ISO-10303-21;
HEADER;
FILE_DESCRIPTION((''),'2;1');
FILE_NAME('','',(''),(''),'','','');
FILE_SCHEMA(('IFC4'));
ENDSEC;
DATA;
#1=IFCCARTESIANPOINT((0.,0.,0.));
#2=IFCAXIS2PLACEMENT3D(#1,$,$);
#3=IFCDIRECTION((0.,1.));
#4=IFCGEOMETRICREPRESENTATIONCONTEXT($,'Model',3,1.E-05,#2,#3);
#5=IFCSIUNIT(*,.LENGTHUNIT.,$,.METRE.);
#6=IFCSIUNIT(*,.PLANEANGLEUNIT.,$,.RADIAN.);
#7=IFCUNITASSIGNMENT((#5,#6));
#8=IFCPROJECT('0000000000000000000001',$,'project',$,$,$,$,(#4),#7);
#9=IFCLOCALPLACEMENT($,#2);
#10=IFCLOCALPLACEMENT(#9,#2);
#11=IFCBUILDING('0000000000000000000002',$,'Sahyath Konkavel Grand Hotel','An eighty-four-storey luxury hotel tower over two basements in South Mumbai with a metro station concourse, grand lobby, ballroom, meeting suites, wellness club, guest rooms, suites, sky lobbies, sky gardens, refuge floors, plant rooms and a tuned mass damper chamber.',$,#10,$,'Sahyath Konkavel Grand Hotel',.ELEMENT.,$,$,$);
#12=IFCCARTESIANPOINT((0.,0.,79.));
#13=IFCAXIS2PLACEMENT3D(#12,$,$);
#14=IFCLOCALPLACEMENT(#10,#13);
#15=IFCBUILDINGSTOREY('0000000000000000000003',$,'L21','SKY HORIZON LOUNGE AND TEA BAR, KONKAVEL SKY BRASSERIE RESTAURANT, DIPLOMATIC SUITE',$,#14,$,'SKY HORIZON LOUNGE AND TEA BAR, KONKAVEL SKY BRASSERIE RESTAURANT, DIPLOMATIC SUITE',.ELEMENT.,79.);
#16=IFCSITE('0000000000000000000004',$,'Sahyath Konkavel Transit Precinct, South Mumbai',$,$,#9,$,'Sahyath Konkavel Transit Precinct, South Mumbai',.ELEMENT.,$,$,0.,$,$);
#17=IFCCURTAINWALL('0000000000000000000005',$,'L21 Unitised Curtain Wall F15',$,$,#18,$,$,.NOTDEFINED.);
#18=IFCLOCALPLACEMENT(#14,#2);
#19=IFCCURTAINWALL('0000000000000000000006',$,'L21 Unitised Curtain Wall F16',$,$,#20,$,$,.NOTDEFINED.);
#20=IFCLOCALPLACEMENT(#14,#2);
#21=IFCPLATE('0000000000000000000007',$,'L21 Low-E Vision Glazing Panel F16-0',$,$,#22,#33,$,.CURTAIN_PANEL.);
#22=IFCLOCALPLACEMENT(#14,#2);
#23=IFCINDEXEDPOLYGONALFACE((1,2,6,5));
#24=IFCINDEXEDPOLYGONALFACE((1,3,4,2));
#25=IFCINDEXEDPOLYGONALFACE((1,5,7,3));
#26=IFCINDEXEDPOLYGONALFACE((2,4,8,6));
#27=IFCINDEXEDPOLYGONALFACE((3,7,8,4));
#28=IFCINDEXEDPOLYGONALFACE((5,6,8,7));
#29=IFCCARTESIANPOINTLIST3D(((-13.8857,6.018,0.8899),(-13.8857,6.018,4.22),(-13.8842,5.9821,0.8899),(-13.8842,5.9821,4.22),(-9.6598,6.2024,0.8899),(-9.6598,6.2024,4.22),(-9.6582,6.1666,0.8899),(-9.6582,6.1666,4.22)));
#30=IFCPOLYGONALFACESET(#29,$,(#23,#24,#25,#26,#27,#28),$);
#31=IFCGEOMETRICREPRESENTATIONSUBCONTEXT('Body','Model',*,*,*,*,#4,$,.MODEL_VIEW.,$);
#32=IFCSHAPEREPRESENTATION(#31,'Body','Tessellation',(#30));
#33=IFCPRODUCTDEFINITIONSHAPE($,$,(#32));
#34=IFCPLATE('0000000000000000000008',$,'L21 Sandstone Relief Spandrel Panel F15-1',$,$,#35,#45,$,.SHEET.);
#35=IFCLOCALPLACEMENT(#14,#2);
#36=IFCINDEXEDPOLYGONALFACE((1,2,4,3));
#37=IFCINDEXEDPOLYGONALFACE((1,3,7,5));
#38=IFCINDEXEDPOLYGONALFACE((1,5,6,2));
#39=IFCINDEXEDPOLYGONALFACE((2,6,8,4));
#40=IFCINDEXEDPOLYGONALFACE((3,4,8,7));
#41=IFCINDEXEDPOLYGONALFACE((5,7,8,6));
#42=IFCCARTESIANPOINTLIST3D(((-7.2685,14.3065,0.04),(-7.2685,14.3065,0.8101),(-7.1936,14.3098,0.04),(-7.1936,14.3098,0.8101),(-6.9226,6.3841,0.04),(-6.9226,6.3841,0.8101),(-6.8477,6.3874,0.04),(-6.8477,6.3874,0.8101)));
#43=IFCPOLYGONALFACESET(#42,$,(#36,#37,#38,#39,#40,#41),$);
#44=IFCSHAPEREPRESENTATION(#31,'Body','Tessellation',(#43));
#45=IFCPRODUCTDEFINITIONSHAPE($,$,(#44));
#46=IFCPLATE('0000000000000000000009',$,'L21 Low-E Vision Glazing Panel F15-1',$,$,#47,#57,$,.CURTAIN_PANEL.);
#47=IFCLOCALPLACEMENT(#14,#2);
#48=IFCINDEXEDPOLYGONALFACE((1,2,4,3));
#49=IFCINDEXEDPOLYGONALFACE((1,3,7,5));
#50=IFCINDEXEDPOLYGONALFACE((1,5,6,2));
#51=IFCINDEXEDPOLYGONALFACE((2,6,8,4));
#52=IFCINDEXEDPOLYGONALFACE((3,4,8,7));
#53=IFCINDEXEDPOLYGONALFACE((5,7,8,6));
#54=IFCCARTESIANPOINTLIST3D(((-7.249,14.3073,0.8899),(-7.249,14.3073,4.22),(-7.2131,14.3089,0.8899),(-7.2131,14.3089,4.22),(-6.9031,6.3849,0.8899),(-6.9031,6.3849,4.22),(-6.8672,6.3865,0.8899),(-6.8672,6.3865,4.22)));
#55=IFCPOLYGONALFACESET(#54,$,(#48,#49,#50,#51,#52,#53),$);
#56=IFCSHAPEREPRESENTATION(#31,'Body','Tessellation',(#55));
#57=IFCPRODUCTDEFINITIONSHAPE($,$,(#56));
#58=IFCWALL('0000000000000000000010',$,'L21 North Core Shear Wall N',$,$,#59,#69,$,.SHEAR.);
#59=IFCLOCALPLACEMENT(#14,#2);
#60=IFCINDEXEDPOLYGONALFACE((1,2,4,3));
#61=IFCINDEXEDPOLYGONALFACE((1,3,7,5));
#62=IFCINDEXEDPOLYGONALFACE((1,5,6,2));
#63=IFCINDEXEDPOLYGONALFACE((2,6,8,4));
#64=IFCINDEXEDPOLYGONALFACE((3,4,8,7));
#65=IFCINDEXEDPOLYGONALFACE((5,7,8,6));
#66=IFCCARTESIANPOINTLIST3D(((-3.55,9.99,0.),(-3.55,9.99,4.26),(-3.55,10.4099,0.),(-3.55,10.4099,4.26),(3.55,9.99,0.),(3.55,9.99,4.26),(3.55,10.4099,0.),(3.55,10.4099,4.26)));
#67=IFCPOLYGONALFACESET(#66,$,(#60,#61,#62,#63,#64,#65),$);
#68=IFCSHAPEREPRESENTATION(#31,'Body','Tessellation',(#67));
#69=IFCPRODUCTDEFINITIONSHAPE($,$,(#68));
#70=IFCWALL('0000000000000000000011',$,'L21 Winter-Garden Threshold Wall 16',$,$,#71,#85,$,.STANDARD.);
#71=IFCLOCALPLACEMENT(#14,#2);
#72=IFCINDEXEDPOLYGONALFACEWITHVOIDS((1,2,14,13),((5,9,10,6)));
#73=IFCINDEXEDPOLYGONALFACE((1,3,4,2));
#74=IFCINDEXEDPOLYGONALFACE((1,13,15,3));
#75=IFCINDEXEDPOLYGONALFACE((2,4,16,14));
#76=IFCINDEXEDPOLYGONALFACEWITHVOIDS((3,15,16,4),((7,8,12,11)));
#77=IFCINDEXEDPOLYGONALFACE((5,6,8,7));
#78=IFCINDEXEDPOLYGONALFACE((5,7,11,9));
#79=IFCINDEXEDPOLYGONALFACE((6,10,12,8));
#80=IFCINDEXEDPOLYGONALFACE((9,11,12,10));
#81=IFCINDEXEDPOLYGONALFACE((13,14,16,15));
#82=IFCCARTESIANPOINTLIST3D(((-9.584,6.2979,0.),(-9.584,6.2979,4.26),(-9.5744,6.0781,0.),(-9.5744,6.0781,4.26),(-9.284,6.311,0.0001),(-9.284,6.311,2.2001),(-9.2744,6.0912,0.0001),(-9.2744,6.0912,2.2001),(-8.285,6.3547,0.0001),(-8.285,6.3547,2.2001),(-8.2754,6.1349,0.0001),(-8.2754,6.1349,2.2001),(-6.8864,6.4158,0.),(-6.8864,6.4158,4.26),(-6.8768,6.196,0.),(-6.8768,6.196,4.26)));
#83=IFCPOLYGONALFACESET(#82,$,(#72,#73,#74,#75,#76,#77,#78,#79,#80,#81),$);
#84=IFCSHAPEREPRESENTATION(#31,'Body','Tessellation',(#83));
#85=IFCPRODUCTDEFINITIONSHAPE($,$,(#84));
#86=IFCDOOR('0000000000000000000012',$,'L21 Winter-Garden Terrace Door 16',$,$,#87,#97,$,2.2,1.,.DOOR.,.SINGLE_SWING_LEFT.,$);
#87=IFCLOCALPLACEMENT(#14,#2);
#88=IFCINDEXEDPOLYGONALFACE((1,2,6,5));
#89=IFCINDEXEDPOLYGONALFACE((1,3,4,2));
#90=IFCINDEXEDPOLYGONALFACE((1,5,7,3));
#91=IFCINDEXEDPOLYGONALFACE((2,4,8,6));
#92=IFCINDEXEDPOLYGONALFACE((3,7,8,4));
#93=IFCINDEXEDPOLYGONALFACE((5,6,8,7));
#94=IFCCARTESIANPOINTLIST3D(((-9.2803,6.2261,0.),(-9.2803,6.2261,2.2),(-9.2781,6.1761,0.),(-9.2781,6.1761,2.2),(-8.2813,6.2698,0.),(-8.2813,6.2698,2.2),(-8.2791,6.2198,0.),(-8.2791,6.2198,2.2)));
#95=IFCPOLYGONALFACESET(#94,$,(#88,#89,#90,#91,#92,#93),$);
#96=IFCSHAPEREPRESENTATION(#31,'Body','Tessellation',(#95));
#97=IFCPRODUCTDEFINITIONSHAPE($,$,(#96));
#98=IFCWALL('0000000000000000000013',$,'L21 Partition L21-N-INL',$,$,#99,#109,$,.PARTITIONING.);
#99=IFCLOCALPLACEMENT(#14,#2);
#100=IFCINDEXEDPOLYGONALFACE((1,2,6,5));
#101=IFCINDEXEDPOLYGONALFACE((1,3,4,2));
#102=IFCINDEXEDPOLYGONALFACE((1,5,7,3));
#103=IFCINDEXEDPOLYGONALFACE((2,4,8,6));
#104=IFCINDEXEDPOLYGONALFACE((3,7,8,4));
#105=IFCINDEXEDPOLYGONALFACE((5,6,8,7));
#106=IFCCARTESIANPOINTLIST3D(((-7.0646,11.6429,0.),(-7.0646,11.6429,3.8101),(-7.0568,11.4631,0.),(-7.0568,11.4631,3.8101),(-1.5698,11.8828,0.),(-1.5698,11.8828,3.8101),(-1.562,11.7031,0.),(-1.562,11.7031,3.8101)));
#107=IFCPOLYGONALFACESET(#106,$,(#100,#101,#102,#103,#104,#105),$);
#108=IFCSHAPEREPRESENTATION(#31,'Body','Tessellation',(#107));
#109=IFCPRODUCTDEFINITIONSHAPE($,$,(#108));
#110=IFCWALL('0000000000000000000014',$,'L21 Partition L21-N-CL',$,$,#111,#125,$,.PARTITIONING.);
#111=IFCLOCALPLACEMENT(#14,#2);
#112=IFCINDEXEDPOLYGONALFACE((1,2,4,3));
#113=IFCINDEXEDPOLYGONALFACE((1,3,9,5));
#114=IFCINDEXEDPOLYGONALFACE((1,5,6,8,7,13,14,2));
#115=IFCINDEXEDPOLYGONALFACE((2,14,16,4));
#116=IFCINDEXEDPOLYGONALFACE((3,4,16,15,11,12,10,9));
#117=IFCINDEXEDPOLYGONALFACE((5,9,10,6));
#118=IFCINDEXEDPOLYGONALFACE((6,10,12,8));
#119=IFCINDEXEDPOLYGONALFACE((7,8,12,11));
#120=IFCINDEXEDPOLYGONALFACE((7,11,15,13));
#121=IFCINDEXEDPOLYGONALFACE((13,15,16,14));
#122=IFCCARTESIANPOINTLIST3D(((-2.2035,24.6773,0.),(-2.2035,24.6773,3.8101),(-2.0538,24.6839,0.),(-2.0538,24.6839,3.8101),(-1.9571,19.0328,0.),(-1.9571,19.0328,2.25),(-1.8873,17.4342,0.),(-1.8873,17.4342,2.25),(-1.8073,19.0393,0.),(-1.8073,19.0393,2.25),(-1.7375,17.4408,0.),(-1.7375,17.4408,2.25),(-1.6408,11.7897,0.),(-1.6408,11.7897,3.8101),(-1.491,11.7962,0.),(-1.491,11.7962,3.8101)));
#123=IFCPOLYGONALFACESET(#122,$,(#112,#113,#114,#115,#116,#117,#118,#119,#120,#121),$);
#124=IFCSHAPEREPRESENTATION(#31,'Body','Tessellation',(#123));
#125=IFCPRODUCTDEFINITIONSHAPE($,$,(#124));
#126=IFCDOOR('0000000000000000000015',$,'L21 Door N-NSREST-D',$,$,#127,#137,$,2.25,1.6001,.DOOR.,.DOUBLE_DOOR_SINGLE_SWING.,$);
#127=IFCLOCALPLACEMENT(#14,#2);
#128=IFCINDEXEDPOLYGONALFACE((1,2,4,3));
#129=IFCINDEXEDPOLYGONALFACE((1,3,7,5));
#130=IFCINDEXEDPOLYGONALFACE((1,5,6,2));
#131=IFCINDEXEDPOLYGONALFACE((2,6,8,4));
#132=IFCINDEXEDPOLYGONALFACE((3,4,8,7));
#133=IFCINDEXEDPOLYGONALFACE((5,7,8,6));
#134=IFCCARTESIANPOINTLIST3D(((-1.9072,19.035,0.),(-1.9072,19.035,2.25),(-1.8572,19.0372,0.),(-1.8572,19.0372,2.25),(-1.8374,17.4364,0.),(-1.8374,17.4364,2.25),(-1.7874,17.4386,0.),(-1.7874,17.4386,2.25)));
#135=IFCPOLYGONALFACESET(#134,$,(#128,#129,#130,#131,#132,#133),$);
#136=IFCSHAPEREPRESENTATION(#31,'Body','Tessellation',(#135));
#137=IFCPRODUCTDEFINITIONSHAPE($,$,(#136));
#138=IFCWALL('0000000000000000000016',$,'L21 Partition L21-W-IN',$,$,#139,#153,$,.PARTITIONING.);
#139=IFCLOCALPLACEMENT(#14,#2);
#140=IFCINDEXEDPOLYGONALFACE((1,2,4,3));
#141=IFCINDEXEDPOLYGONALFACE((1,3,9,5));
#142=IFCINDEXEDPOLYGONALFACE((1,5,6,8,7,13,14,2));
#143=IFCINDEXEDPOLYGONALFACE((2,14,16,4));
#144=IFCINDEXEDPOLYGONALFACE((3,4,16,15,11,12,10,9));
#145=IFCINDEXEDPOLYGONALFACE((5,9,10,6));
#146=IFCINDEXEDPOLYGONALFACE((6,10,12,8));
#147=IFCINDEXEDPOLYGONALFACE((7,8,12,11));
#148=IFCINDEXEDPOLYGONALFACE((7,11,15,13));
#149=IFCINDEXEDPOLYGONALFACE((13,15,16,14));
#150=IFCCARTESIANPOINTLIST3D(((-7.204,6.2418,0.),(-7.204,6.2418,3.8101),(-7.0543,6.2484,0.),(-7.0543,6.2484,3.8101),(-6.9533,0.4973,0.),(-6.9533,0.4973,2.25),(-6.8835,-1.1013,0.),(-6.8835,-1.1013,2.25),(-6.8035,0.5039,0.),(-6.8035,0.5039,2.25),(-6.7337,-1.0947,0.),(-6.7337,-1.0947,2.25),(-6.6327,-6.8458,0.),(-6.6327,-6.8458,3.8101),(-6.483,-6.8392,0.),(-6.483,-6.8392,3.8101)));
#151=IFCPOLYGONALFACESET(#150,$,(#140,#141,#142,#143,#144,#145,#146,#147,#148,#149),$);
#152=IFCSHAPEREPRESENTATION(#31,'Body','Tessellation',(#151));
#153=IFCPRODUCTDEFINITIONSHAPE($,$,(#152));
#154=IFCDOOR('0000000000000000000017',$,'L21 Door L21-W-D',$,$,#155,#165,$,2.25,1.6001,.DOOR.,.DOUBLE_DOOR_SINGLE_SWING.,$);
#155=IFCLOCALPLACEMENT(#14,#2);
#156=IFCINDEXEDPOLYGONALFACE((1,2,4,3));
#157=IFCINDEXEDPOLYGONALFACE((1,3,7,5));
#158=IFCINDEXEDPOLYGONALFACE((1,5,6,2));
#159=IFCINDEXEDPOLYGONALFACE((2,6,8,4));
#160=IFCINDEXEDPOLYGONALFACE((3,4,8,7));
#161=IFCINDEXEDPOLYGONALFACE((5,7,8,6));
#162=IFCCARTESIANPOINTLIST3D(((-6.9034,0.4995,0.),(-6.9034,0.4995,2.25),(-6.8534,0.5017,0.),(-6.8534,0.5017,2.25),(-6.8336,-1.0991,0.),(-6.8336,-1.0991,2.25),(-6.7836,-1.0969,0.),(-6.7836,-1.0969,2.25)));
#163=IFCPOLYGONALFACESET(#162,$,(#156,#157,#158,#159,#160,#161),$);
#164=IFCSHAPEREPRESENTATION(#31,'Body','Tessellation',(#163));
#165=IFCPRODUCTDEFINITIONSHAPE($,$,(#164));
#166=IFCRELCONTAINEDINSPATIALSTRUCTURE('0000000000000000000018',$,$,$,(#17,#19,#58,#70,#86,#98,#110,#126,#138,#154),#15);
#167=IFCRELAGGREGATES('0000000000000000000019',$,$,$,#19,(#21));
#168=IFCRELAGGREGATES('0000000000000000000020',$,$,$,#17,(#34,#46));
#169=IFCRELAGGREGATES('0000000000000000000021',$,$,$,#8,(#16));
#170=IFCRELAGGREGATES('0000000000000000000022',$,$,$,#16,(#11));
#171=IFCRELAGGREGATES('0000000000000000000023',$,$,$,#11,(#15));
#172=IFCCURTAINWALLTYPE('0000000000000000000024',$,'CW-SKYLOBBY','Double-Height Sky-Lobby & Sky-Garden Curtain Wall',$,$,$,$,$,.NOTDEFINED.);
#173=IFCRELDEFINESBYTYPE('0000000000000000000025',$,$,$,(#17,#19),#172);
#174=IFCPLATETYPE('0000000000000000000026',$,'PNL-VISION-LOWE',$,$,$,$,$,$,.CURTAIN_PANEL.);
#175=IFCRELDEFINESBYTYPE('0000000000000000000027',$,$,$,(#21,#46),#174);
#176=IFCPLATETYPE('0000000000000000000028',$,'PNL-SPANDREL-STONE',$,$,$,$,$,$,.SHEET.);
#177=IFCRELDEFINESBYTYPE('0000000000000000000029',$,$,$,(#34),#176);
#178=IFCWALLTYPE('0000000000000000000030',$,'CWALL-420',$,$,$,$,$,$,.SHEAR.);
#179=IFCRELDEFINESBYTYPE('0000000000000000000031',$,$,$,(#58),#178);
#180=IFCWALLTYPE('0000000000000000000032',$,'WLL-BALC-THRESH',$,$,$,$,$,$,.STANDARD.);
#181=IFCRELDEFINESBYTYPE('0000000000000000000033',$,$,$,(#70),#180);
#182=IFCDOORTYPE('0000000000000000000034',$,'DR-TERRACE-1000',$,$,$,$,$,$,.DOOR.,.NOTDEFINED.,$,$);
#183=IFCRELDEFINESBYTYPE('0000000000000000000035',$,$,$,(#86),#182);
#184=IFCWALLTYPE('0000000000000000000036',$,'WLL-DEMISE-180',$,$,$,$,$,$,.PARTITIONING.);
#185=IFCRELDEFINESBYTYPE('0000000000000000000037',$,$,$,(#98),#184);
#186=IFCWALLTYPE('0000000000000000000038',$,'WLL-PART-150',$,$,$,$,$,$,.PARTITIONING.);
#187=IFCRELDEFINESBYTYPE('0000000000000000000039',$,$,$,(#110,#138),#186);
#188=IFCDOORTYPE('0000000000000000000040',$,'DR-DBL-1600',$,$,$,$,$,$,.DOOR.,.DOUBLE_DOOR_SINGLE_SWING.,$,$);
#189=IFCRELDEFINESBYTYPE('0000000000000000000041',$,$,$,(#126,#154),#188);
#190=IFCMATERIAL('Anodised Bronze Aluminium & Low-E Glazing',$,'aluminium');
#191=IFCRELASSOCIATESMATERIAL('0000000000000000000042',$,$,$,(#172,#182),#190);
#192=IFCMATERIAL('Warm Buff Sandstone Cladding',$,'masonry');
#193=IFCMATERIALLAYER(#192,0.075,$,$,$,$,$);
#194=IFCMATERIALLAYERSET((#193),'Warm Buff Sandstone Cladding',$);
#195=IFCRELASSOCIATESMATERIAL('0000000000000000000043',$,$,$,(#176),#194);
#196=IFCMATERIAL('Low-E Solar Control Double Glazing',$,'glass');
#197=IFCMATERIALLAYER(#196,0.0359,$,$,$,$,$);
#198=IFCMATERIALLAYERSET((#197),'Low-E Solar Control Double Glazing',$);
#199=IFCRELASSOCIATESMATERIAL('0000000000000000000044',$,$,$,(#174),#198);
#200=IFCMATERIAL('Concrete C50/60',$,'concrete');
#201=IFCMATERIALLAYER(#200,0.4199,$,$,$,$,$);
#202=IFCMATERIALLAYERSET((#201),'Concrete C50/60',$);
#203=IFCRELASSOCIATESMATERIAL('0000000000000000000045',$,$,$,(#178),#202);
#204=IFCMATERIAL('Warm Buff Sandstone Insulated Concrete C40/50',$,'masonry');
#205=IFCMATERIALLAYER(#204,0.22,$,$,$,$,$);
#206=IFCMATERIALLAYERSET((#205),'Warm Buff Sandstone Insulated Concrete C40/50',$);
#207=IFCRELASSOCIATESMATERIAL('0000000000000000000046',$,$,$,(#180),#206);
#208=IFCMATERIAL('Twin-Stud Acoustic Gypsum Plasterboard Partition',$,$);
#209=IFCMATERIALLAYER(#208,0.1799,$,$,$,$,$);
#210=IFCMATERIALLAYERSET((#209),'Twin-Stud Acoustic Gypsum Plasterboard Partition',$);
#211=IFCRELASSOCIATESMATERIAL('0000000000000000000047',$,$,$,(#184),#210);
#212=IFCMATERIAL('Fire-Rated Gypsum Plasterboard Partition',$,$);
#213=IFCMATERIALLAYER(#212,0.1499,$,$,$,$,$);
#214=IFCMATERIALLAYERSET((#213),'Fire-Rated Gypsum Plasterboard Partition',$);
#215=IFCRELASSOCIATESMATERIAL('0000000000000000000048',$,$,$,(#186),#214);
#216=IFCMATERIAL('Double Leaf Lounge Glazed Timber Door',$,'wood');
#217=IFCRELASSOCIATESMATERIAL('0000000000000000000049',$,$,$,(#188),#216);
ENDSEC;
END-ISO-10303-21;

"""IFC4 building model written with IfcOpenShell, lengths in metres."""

from ifc_helpers import new_model, si_unit, direction, frame, frame_2d, origin, origin_2d, place, context, subcontext, project, spatial, rectangle, extrude, source, transform, mapped, material, layer, layer_set, type_object, element, fill, aggregate, save


model = new_model("IFC4")

# Units and contexts
model_context = context("Model", 3, precision=1e-05, world=origin(), true_north=direction((0.0, 1.0)))
body_context = subcontext(model_context, "Body", "Model", "MODEL_VIEW")
ifc_project = project(units=[si_unit("LENGTHUNIT", "METRE"), si_unit("PLANEANGLEUNIT", "RADIAN")], contexts=[model_context])

# Site, building, storey
site_placement = place(None, origin())
site = spatial("IfcSite", under=ifc_project, at=site_placement, Name="Sahyath Konkavel Transit Precinct, South Mumbai", LongName="Sahyath Konkavel Transit Precinct, South Mumbai", CompositionType="ELEMENT", RefElevation=0.0)
building_placement = place(site_placement, origin())
building = spatial("IfcBuilding", under=site, at=building_placement, Name="Sahyath Konkavel Grand Hotel", Description="An eighty-four-storey luxury hotel tower over two basements in South Mumbai with a metro station concourse, grand lobby, ballroom, meeting suites, wellness club, guest rooms, suites, sky lobbies, sky gardens, refuge floors, plant rooms and a tuned mass damper chamber.", LongName="Sahyath Konkavel Grand Hotel", CompositionType="ELEMENT")
storey_placement = place(building_placement, frame((0.0, 0.0, 79.0)))
storey = spatial("IfcBuildingStorey", under=building, at=storey_placement, Name="L21", Description="SKY HORIZON LOUNGE AND TEA BAR, KONKAVEL SKY BRASSERIE RESTAURANT, DIPLOMATIC SUITE", LongName="SKY HORIZON LOUNGE AND TEA BAR, KONKAVEL SKY BRASSERIE RESTAURANT, DIPLOMATIC SUITE", CompositionType="ELEMENT", Elevation=79.0)

# Curtain wall
ifc_material_1 = material(Name="Anodised Bronze Aluminium & Low-E Glazing", Category="aluminium")
curtain_wall_type = type_object("IfcCurtainWallType", Name="CW-SKYLOBBY", Description="Double-Height Sky-Lobby & Sky-Garden Curtain Wall", PredefinedType="NOTDEFINED", material=ifc_material_1)
curtain_wall_1_placement = place(storey_placement, origin())
curtain_wall_1 = element("IfcCurtainWall", 1, at=curtain_wall_1_placement, inside=storey, type_object=curtain_wall_type, Name="L21 Unitised Curtain Wall F15", PredefinedType="NOTDEFINED")

# Curtain wall
curtain_wall_2_placement = place(storey_placement, origin())
curtain_wall_2 = element("IfcCurtainWall", 2, at=curtain_wall_2_placement, inside=storey, type_object=curtain_wall_type, Name="L21 Unitised Curtain Wall F16", PredefinedType="NOTDEFINED")

# Plates
ifc_material_2 = material(Name="Warm Buff Sandstone Cladding", Category="masonry")
ifc_layer_1 = layer(ifc_material_2, 0.075)
ifc_layer_set_1 = layer_set([ifc_layer_1], Name="Warm Buff Sandstone Cladding")
plate_type_1 = type_object("IfcPlateType", Name="PNL-SPANDREL-STONE", PredefinedType="SHEET", material=ifc_layer_set_1)
ifc_material_3 = material(Name="Low-E Solar Control Double Glazing", Category="glass")
ifc_layer_2 = layer(ifc_material_3, 0.0359)
ifc_layer_set_2 = layer_set([ifc_layer_2], Name="Low-E Solar Control Double Glazing")
plate_type_2 = type_object("IfcPlateType", Name="PNL-VISION-LOWE", PredefinedType="CURTAIN_PANEL", material=ifc_layer_set_2)
shared_shape_1 = source(origin(), body_context, "Body", "SweptSolid", [
    extrude(rectangle(XDim=4.23, YDim=0.0359, at=origin_2d()), origin(), (0.0, 0.0, 1.0), 3.3301),
])
plate_1_placement = place(storey_placement, frame((-11.772, 6.0923, 0.8899), z_axis=(0.0, 0.0, 1.0), x_axis=(-0.999049, -0.043602, 0.0)))
plate_1 = element("IfcPlate", 3, at=plate_1_placement, type_object=plate_type_2, Name="L21 Low-E Vision Glazing Panel F16-0", PredefinedType="CURTAIN_PANEL", context=body_context, shape_type="MappedRepresentation", body=[
    mapped(shared_shape_1, transform((0.0, 0.0, 0.0), scale=1.0)),
])
aggregate(curtain_wall_2, [plate_1])
shared_shape_2 = source(origin(), body_context, "Body", "SweptSolid", [
    extrude(rectangle(XDim=7.9299, YDim=0.075, at=origin_2d()), origin(), (0.0, 0.0, 1.0), 0.77),
])
plate_2_placement = place(storey_placement, frame((-7.0581, 10.3469, 0.04), z_axis=(0.0, 0.0, 1.0), x_axis=(0.043619, -0.999048, 0.0)))
plate_2 = element("IfcPlate", 4, at=plate_2_placement, type_object=plate_type_1, Name="L21 Sandstone Relief Spandrel Panel F15-1", PredefinedType="SHEET", context=body_context, shape_type="MappedRepresentation", body=[
    mapped(shared_shape_2, transform((0.0, 0.0, 0.0), scale=1.0)),
])
shared_shape_3 = source(origin(), body_context, "Body", "SweptSolid", [
    extrude(rectangle(XDim=7.9299, YDim=0.0359, at=origin_2d()), origin(), (0.0, 0.0, 1.0), 3.3301),
])
plate_3_placement = place(storey_placement, frame((-7.0581, 10.3469, 0.8899), z_axis=(0.0, 0.0, 1.0), x_axis=(0.043619, -0.999048, 0.0)))
plate_3 = element("IfcPlate", 5, at=plate_3_placement, type_object=plate_type_2, Name="L21 Low-E Vision Glazing Panel F15-1", PredefinedType="CURTAIN_PANEL", context=body_context, shape_type="MappedRepresentation", body=[
    mapped(shared_shape_3, transform((0.0, 0.0, 0.0), scale=1.0)),
])
aggregate(curtain_wall_1, [plate_2, plate_3])

# Wall
ifc_material_4 = material(Name="Concrete C50/60", Category="concrete")
ifc_layer_3 = layer(ifc_material_4, 0.4199)
ifc_layer_set_3 = layer_set([ifc_layer_3], Name="Concrete C50/60")
wall_type_1 = type_object("IfcWallType", Name="CWALL-420", PredefinedType="SHEAR", material=ifc_layer_set_3)
wall_1_placement = place(storey_placement, frame((-3.55, 10.2, 0.0), z_axis=(0.0, 0.0, 1.0), x_axis=(1.0, 0.0, 0.0)))
element("IfcWall", 6, at=wall_1_placement, inside=storey, type_object=wall_type_1, Name="L21 North Core Shear Wall N", PredefinedType="SHEAR", context=body_context, shape_type="SweptSolid", body=[
    extrude(rectangle(XDim=7.1001, YDim=0.4199, at=frame_2d((3.55, 0.0))), origin(), (0.0, 0.0, 1.0), 4.26),
])

# Wall, opening, door
ifc_material_5 = material(Name="Warm Buff Sandstone Insulated Concrete C40/50", Category="masonry")
ifc_layer_4 = layer(ifc_material_5, 0.22)
ifc_layer_set_4 = layer_set([ifc_layer_4], Name="Warm Buff Sandstone Insulated Concrete C40/50")
wall_type_2 = type_object("IfcWallType", Name="WLL-BALC-THRESH", PredefinedType="STANDARD", material=ifc_layer_set_4)
wall_2_placement = place(storey_placement, frame((-6.8816, 6.3059, 0.0), z_axis=(0.0, 0.0, 1.0), x_axis=(-0.999046, -0.043673, 0.0)))
wall_2 = element("IfcWall", 7, at=wall_2_placement, inside=storey, type_object=wall_type_2, Name="L21 Winter-Garden Threshold Wall 16", PredefinedType="STANDARD", context=body_context, shape_type="SweptSolid", body=[
    extrude(rectangle(XDim=2.7002, YDim=0.22, at=frame_2d((1.3501, 0.0))), origin(), (0.0, 0.0, 1.0), 4.26),
])
opening_1_placement = place(wall_2_placement, frame((1.3999, 0.0, 0.0)))
opening_1 = element("IfcOpeningElement", 8, at=opening_1_placement, cuts=wall_2, PredefinedType="OPENING", context=body_context, shape_type="SweptSolid", body=[
    extrude(rectangle(XDim=1.0, YDim=2.2, at=frame_2d((0.5, 1.1001))), frame((0.0, 0.1201, 0.0), z_axis=(0.0, -1.0, 0.0), x_axis=(1.0, 0.0, 0.0)), (0.0, 0.0, 1.0), 0.24),
])
door_type_1 = type_object("IfcDoorType", Name="DR-TERRACE-1000", OperationType="NOTDEFINED", PredefinedType="DOOR", material=ifc_material_1)
shared_shape_4 = source(origin(), body_context, "Body", "SweptSolid", [
    extrude(rectangle(XDim=1.0, YDim=0.05, at=origin_2d()), origin(), (0.0, 0.0, 1.0), 2.2),
])
door_1_placement = place(opening_1_placement, frame((0.5, 0.0, 0.0)))
door_1 = element("IfcDoor", 9, at=door_1_placement, inside=storey, type_object=door_type_1, Name="L21 Winter-Garden Terrace Door 16", OperationType="SINGLE_SWING_LEFT", OverallHeight=2.2, OverallWidth=1.0, PredefinedType="DOOR", context=body_context, shape_type="MappedRepresentation", body=[
    mapped(shared_shape_4, transform((0.0, 0.0, 0.0), scale=1.0)),
])
fill(opening_1, door_1)

# Wall
ifc_material_6 = material(Name="Twin-Stud Acoustic Gypsum Plasterboard Partition")
ifc_layer_5 = layer(ifc_material_6, 0.1799)
ifc_layer_set_5 = layer_set([ifc_layer_5], Name="Twin-Stud Acoustic Gypsum Plasterboard Partition")
wall_type_3 = type_object("IfcWallType", Name="WLL-DEMISE-180", PredefinedType="PARTITIONING", material=ifc_layer_set_5)
wall_3_placement = place(storey_placement, frame((-1.5659, 11.793, 0.0), z_axis=(0.0, 0.0, 1.0), x_axis=(-0.999048, -0.043634, 0.0)))
element("IfcWall", 10, at=wall_3_placement, inside=storey, type_object=wall_type_3, Name="L21 Partition L21-N-INL", PredefinedType="PARTITIONING", context=body_context, shape_type="SweptSolid", body=[
    extrude(rectangle(XDim=5.5, YDim=0.1799, at=frame_2d((2.75, 0.0))), origin(), (0.0, 0.0, 1.0), 3.8101),
])

# Walls, openings, doors
ifc_material_7 = material(Name="Fire-Rated Gypsum Plasterboard Partition")
ifc_layer_6 = layer(ifc_material_7, 0.1499)
ifc_layer_set_6 = layer_set([ifc_layer_6], Name="Fire-Rated Gypsum Plasterboard Partition")
wall_type_4 = type_object("IfcWallType", Name="WLL-PART-150", PredefinedType="PARTITIONING", material=ifc_layer_set_6)
wall_4_placement = place(storey_placement, frame((-1.5659, 11.793, 0.0), z_axis=(0.0, 0.0, 1.0), x_axis=(-0.043624, 0.999048, 0.0)))
wall_4 = element("IfcWall", 11, at=wall_4_placement, inside=storey, type_object=wall_type_4, Name="L21 Partition L21-N-CL", PredefinedType="PARTITIONING", context=body_context, shape_type="SweptSolid", body=[
    extrude(rectangle(XDim=12.8999, YDim=0.1499, at=frame_2d((6.45, 0.0))), origin(), (0.0, 0.0, 1.0), 3.8101),
])
opening_2_placement = place(wall_4_placement, frame((5.6499, 0.0, 0.0)))
opening_2 = element("IfcOpeningElement", 12, at=opening_2_placement, cuts=wall_4, PredefinedType="OPENING", context=body_context, shape_type="SweptSolid", body=[
    extrude(rectangle(XDim=1.6001, YDim=2.25, at=frame_2d((0.8, 1.125))), frame((0.0, 0.085, 0.0), z_axis=(0.0, -1.0, 0.0), x_axis=(1.0, 0.0, 0.0)), (0.0, 0.0, 1.0), 0.1699),
])
ifc_material_8 = material(Name="Double Leaf Lounge Glazed Timber Door", Category="wood")
door_type_2 = type_object("IfcDoorType", Name="DR-DBL-1600", OperationType="DOUBLE_DOOR_SINGLE_SWING", PredefinedType="DOOR", material=ifc_material_8)
shared_shape_5 = source(origin(), body_context, "Body", "SweptSolid", [
    extrude(rectangle(XDim=1.6001, YDim=0.05, at=origin_2d()), origin(), (0.0, 0.0, 1.0), 2.25),
])
door_2_placement = place(opening_2_placement, frame((0.8, 0.0, 0.0)))
door_2 = element("IfcDoor", 13, at=door_2_placement, inside=storey, type_object=door_type_2, Name="L21 Door N-NSREST-D", OperationType="DOUBLE_DOOR_SINGLE_SWING", OverallHeight=2.25, OverallWidth=1.6001, PredefinedType="DOOR", context=body_context, shape_type="MappedRepresentation", body=[
    mapped(shared_shape_5, transform((0.0, 0.0, 0.0), scale=1.0)),
])
fill(opening_2, door_2)
wall_5_placement = place(storey_placement, frame((-7.1292, 6.2451, 0.0), z_axis=(0.0, 0.0, 1.0), x_axis=(0.043609, -0.999049, 0.0)))
wall_5 = element("IfcWall", 14, at=wall_5_placement, inside=storey, type_object=wall_type_4, Name="L21 Partition L21-W-IN", PredefinedType="PARTITIONING", context=body_context, shape_type="SweptSolid", body=[
    extrude(rectangle(XDim=13.1001, YDim=0.1499, at=frame_2d((6.55, 0.0))), origin(), (0.0, 0.0, 1.0), 3.8101),
])
opening_3_placement = place(wall_5_placement, frame((5.75, 0.0, 0.0)))
opening_3 = element("IfcOpeningElement", 15, at=opening_3_placement, cuts=wall_5, PredefinedType="OPENING", context=body_context, shape_type="SweptSolid", body=[
    extrude(rectangle(XDim=1.6001, YDim=2.25, at=frame_2d((0.8, 1.125))), frame((0.0, 0.085, 0.0), z_axis=(0.0, -1.0, 0.0), x_axis=(1.0, 0.0, 0.0)), (0.0, 0.0, 1.0), 0.1699),
])
door_3_placement = place(opening_3_placement, frame((0.8, 0.0, 0.0)))
door_3 = element("IfcDoor", 16, at=door_3_placement, inside=storey, type_object=door_type_2, Name="L21 Door L21-W-D", OperationType="DOUBLE_DOOR_SINGLE_SWING", OverallHeight=2.25, OverallWidth=1.6001, PredefinedType="DOOR", context=body_context, shape_type="MappedRepresentation", body=[
    mapped(shared_shape_5, transform((0.0, 0.0, 0.0), scale=1.0)),
])
fill(opening_3, door_3)

save(model, "model.ifc")
